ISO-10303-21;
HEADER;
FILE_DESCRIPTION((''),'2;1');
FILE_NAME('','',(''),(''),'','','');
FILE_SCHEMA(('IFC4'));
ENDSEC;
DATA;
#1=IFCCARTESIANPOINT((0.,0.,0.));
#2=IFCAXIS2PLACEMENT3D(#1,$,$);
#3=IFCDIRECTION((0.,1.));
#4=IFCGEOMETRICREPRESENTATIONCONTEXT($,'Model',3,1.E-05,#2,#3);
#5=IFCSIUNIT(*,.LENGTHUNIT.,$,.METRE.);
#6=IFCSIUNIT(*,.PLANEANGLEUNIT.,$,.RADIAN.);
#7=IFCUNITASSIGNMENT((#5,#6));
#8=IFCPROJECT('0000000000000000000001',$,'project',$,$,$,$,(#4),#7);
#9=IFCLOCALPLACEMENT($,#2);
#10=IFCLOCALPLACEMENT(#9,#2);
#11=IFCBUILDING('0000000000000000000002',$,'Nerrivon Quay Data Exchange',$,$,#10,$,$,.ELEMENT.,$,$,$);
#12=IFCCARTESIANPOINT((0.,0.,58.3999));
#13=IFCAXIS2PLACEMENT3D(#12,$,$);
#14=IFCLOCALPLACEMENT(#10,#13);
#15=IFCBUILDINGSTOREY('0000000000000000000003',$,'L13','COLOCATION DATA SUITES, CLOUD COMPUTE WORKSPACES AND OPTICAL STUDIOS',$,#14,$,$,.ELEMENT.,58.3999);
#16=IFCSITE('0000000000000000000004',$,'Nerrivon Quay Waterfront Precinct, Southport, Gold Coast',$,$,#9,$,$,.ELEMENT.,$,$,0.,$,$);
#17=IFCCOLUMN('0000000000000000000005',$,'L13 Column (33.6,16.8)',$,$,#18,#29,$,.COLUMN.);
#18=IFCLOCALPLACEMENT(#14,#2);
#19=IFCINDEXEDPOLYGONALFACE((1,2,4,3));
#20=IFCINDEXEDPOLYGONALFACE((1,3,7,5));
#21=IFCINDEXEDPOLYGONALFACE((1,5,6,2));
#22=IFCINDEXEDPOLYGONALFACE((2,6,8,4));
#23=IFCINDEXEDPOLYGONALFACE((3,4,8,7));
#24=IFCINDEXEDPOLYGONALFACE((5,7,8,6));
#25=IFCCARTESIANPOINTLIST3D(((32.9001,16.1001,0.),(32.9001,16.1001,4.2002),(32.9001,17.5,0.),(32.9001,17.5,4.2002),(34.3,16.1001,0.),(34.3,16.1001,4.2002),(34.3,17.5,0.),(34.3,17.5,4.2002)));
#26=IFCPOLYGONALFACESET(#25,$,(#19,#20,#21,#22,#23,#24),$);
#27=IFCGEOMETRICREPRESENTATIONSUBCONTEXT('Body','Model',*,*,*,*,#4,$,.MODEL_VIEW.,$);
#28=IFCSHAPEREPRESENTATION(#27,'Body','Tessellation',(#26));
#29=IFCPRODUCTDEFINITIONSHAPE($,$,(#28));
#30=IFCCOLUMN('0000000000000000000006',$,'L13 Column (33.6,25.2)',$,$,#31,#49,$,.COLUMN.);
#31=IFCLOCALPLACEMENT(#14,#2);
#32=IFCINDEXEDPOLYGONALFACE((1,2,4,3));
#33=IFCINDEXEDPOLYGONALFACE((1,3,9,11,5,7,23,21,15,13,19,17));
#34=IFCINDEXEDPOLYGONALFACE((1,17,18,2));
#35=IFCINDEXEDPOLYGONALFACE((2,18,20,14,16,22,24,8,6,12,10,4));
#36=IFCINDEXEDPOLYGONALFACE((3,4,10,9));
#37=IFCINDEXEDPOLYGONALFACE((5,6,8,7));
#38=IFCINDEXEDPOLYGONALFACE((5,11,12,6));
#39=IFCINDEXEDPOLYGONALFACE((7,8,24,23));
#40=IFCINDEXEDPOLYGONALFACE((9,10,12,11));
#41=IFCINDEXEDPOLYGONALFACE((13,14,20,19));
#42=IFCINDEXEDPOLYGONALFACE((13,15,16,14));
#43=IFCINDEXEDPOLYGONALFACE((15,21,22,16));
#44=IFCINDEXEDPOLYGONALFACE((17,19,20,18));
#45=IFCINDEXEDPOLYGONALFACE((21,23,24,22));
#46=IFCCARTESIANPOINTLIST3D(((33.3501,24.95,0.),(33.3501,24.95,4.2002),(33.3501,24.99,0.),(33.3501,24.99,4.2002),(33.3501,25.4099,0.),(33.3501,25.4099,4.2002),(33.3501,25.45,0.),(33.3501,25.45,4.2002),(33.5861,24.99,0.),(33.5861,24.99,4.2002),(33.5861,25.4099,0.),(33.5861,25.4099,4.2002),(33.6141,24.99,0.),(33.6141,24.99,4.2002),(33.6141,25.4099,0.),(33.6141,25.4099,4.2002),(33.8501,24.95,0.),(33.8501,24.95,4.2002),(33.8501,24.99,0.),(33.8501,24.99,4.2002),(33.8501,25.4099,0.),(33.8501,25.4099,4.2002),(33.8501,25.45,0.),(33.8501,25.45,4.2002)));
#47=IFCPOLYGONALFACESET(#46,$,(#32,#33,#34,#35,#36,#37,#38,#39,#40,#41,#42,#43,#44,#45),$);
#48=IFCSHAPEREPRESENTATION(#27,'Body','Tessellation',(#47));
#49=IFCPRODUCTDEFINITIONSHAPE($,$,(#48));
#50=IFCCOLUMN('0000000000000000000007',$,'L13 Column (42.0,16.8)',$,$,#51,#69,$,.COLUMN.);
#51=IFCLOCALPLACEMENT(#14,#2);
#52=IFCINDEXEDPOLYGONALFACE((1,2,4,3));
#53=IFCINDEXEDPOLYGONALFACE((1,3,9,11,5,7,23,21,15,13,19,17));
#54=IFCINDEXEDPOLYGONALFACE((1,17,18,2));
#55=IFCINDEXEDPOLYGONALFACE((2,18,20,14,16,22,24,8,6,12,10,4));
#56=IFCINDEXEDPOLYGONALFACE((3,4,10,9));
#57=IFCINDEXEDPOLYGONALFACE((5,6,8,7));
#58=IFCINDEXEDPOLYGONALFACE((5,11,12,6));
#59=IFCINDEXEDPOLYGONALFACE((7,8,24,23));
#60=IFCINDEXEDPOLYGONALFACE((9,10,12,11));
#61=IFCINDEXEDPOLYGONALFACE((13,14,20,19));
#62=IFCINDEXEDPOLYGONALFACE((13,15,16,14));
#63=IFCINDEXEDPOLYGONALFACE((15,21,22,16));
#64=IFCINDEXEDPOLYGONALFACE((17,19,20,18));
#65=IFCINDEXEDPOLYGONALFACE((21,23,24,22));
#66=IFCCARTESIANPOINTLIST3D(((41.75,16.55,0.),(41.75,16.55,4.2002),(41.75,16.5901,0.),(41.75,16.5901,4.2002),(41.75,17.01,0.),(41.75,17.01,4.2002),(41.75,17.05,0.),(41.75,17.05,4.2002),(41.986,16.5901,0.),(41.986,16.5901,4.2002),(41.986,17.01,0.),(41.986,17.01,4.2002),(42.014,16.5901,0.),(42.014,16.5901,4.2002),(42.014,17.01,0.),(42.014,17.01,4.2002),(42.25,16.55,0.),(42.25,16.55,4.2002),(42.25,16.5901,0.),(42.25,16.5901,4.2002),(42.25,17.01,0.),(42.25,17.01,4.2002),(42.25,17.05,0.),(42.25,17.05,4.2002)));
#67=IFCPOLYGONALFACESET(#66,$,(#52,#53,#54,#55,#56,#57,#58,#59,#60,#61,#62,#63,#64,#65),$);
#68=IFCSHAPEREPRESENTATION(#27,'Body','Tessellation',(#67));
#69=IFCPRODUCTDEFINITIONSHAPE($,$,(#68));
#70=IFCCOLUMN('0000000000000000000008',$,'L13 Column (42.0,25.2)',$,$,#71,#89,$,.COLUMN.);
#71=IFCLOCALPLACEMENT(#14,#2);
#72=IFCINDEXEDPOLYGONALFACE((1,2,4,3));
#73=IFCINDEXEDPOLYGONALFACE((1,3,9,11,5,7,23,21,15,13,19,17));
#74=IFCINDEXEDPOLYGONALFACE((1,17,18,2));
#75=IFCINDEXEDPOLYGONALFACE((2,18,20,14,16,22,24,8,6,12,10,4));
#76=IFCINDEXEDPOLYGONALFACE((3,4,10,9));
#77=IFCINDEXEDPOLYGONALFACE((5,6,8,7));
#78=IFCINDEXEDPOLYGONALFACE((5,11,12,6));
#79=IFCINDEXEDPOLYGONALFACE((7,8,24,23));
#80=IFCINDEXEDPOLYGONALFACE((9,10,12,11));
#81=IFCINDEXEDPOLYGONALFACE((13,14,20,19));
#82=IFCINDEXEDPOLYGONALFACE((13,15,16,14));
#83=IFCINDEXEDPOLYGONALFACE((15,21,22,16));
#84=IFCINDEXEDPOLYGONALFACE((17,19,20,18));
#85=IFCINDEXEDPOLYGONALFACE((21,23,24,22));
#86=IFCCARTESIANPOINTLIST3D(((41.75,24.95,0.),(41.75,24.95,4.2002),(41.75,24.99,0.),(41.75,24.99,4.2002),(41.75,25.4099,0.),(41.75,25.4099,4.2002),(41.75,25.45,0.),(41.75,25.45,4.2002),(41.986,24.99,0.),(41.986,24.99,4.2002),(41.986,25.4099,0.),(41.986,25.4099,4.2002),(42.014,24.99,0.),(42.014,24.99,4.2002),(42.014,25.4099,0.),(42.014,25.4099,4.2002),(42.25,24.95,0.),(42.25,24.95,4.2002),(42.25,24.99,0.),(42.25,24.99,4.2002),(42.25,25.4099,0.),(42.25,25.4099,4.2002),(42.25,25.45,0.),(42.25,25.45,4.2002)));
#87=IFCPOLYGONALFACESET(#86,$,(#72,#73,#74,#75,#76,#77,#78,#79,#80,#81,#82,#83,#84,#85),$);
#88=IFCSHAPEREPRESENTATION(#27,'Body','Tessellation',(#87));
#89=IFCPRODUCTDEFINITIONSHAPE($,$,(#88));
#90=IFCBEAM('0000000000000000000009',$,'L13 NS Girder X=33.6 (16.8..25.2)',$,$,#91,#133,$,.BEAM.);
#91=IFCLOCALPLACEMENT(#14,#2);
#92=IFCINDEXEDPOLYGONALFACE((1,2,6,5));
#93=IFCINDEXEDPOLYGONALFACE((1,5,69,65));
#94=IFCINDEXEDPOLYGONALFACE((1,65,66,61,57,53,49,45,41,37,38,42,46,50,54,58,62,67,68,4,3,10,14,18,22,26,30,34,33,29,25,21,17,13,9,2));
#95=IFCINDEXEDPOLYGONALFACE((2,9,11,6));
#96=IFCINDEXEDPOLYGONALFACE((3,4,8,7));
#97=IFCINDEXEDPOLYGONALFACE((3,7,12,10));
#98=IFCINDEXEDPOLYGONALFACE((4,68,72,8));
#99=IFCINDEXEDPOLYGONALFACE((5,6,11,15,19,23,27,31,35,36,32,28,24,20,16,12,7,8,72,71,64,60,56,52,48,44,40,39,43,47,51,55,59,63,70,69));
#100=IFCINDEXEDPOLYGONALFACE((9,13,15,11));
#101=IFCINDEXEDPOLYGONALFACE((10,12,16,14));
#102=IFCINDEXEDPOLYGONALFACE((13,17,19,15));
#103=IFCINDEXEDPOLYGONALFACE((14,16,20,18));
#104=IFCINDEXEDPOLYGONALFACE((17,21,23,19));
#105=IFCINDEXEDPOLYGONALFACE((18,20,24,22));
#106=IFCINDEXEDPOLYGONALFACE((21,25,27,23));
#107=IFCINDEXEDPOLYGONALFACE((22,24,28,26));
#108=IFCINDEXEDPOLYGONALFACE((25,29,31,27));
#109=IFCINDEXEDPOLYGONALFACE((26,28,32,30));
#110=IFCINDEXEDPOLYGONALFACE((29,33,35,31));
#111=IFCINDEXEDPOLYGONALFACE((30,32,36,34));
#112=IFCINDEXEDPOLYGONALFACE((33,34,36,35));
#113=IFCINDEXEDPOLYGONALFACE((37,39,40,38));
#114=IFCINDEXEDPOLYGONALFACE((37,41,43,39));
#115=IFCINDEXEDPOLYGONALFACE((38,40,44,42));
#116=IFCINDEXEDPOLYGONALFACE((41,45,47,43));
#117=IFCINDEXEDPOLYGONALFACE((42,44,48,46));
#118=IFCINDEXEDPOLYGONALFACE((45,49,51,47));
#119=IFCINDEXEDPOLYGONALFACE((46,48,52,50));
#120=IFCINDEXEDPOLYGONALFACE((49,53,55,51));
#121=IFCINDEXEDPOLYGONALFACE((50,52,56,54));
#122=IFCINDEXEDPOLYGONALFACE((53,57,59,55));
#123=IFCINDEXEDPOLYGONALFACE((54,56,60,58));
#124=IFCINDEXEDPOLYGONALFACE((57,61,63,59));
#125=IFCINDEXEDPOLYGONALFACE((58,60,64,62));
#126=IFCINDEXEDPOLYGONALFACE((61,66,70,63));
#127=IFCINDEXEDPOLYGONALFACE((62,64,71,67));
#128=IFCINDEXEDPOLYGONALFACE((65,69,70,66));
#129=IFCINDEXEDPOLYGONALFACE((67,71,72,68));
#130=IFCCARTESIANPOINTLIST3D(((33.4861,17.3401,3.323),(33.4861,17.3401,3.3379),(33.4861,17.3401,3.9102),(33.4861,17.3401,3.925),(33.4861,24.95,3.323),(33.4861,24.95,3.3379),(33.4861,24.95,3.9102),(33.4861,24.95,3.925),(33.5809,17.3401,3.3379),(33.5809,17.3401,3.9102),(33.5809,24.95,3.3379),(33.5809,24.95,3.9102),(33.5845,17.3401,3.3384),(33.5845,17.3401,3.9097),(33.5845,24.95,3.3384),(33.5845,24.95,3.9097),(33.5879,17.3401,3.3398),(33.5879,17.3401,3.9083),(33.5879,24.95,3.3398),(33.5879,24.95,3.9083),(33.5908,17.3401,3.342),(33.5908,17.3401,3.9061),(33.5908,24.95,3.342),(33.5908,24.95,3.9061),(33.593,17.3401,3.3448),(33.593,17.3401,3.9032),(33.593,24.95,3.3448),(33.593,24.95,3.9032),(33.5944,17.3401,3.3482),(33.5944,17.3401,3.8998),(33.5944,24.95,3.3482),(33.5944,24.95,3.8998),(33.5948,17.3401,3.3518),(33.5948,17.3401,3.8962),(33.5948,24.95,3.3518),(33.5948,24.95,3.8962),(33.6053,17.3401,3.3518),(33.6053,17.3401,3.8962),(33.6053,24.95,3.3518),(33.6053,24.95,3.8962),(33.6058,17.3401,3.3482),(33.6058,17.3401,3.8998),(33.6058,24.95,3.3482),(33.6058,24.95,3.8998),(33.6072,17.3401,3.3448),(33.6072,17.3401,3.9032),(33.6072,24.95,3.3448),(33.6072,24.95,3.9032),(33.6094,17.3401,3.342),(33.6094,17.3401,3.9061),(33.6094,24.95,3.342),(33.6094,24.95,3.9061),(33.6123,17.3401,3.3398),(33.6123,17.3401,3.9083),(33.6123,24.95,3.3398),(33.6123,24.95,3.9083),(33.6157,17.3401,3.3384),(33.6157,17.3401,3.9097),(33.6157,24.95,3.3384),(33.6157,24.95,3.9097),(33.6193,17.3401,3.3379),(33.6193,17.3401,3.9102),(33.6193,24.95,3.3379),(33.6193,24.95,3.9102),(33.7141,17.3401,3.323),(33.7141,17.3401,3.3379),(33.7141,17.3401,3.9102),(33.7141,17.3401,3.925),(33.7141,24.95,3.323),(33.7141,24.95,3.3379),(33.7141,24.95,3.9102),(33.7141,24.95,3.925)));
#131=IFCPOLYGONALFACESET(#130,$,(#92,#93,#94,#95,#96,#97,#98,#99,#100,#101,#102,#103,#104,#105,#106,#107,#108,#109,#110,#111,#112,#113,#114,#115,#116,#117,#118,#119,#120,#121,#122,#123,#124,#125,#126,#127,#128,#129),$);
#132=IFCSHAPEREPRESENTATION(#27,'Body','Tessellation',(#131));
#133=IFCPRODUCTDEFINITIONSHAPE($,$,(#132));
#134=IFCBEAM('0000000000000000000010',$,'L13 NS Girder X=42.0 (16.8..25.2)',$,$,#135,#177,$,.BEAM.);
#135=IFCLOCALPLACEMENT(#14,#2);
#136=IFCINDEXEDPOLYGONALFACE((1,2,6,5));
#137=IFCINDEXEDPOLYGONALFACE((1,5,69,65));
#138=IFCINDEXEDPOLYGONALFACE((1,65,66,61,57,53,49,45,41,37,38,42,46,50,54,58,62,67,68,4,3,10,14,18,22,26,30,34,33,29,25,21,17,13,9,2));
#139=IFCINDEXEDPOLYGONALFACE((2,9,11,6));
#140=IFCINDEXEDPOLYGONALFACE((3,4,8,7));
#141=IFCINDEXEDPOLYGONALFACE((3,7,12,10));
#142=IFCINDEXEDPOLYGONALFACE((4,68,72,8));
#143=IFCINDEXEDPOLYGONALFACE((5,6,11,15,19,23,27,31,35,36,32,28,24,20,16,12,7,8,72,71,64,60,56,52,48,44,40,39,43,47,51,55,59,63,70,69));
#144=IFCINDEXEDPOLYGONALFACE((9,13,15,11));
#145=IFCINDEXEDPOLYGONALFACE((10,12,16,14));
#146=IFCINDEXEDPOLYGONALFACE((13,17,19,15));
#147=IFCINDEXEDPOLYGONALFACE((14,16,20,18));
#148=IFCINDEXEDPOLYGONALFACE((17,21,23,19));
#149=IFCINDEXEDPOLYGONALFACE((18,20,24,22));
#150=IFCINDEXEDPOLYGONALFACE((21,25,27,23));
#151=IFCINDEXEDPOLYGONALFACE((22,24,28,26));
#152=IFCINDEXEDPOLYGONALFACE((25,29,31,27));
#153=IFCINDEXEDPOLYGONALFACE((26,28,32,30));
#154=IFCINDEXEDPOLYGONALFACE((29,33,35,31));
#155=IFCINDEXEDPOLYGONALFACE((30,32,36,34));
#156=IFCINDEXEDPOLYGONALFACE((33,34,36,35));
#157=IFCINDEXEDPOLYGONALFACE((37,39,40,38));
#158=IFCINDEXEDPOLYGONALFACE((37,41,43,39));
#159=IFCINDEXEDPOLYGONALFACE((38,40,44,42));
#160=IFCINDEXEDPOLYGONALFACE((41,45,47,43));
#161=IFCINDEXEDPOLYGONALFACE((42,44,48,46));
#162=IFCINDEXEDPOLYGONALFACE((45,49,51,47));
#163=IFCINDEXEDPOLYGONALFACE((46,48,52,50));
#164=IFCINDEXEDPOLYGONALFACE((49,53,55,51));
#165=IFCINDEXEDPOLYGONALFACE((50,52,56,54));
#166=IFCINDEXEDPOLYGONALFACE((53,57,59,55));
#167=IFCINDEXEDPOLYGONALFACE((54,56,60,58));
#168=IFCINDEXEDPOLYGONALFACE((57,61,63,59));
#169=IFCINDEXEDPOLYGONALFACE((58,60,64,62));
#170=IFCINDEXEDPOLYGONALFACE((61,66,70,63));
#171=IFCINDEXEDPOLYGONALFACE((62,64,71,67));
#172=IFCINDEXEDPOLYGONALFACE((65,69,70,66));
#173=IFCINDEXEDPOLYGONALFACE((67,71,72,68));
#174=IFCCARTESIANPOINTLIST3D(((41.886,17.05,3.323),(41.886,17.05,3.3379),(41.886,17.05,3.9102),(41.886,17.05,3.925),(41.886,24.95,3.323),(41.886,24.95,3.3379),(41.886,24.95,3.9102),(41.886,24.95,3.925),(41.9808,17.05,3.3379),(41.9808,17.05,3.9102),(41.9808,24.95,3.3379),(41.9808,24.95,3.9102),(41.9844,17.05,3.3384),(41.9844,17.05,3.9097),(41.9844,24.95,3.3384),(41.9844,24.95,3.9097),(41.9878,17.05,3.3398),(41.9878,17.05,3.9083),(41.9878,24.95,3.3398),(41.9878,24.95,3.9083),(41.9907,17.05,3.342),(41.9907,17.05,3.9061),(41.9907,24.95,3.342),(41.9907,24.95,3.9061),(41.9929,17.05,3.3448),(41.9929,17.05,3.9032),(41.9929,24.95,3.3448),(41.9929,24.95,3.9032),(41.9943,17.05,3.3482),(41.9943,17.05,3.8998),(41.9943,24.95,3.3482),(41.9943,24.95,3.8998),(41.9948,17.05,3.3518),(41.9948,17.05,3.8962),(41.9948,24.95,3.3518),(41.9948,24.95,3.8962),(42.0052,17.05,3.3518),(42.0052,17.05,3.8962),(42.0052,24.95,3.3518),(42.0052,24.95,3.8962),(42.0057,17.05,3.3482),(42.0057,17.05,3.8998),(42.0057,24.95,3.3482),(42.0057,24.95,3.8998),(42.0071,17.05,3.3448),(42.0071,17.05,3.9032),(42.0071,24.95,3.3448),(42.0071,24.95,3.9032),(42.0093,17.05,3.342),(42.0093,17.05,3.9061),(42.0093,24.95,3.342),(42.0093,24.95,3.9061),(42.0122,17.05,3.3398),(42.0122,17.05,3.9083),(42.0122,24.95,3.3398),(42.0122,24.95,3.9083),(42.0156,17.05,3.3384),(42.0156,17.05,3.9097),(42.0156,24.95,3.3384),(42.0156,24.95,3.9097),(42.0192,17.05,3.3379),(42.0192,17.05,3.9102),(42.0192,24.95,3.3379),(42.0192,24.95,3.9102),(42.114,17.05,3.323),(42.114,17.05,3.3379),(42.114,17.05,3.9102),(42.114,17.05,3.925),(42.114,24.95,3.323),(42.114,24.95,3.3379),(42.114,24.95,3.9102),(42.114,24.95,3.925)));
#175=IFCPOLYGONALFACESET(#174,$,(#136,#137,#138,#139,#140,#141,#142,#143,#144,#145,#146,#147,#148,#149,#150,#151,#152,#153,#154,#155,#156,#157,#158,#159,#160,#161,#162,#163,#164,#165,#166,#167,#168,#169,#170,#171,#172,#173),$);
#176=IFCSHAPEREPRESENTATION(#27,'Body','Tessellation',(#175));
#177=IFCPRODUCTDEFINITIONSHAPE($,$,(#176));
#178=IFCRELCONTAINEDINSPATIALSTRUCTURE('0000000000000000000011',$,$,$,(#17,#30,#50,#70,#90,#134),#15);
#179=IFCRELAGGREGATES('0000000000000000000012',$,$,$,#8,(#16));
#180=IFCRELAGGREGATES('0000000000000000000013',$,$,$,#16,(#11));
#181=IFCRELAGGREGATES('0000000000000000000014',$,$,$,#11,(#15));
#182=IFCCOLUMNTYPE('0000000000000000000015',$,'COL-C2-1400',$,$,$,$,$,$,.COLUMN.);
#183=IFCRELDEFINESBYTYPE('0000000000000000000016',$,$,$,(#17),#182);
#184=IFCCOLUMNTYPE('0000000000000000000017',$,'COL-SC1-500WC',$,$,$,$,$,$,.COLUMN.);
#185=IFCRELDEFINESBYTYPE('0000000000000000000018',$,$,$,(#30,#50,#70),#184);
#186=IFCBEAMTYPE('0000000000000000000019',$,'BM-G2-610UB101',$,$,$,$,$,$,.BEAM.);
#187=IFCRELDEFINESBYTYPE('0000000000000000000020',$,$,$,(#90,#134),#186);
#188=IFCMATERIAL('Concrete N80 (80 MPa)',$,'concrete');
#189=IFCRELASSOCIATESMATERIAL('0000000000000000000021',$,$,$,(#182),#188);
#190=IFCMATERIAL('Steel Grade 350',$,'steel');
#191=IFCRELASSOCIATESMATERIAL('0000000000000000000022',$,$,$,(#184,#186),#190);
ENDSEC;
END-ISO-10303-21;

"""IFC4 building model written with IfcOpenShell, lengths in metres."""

from ifc_helpers import new_model, si_unit, direction, frame, origin, origin_2d, place, context, subcontext, project, spatial, rectangle, i_section, extrude, material, material_profile, profile_set, type_object, element, save


model = new_model("IFC4")

# Units and contexts
model_context = context("Model", 3, precision=1e-05, world=origin(), true_north=direction((0.0, 1.0)))
body_context = subcontext(model_context, "Body", "Model", "MODEL_VIEW")
ifc_project = project(units=[si_unit("LENGTHUNIT", "METRE"), si_unit("PLANEANGLEUNIT", "RADIAN")], contexts=[model_context])

# Site, building, storey
site_placement = place(None, origin())
site = spatial("IfcSite", under=ifc_project, at=site_placement, Name="Nerrivon Quay Waterfront Precinct, Southport, Gold Coast", CompositionType="ELEMENT", RefElevation=0.0)
building_placement = place(site_placement, origin())
building = spatial("IfcBuilding", under=site, at=building_placement, Name="Nerrivon Quay Data Exchange", CompositionType="ELEMENT")
storey_placement = place(building_placement, frame((0.0, 0.0, 58.3999)))
storey = spatial("IfcBuildingStorey", under=building, at=storey_placement, Name="L13", Description="COLOCATION DATA SUITES, CLOUD COMPUTE WORKSPACES AND OPTICAL STUDIOS", CompositionType="ELEMENT", Elevation=58.3999)

# Columns
ifc_material_1 = material(Name="Concrete N80 (80 MPa)", Category="concrete")
ifc_material_profile_1 = material_profile(ifc_material_1, rectangle(XDim=1.3999, YDim=1.3999, at=origin_2d()), Name="RC-COL-1400x1400")
ifc_profile_set_1 = profile_set([ifc_material_profile_1], Name="Concrete N80 (80 MPa)")
column_type_1 = type_object("IfcColumnType", Name="COL-C2-1400", PredefinedType="COLUMN", material=ifc_profile_set_1)
column_placement = place(storey_placement, frame((33.6001, 16.8, 0.0), z_axis=(0.0, 0.0, 1.0), x_axis=(1.0, 0.0, 0.0)))
element("IfcColumn", 1, at=column_placement, inside=storey, type_object=column_type_1, Name="L13 Column (33.6,16.8)", PredefinedType="COLUMN", context=body_context, shape_type="SweptSolid", body=[
    extrude(rectangle(XDim=1.3999, YDim=1.3999, at=origin_2d()), origin(), (0.0, 0.0, 1.0), 4.2002),
])
ifc_material_2 = material(Name="Steel Grade 350", Category="steel")
ifc_material_profile_2 = material_profile(ifc_material_2, i_section(OverallWidth=0.5, OverallDepth=0.5, WebThickness=0.0281, FlangeThickness=0.04, at=origin_2d()), Name="500WC440")
ifc_profile_set_2 = profile_set([ifc_material_profile_2], Name="Steel Grade 350")
column_type_2 = type_object("IfcColumnType", Name="COL-SC1-500WC", PredefinedType="COLUMN", material=ifc_profile_set_2)
for number, where, z_axis, x_axis, name in (
    (2, (33.6001, 25.2, 0.0), (0.0, 0.0, 1.0), (1.0, 0.0, 0.0), "L13 Column (33.6,25.2)"),
    (3, (42.0, 16.8, 0.0), (0.0, 0.0, 1.0), (1.0, 0.0, 0.0), "L13 Column (42.0,16.8)"),
    (4, (42.0, 25.2, 0.0), (0.0, 0.0, 1.0), (1.0, 0.0, 0.0), "L13 Column (42.0,25.2)"),
):
    element("IfcColumn", number, at=place(storey_placement, frame(where, z_axis=z_axis, x_axis=x_axis)), inside=storey, type_object=column_type_2, Name=name, PredefinedType="COLUMN", context=body_context, shape_type="SweptSolid", body=[
        extrude(i_section(OverallWidth=0.5, OverallDepth=0.5, WebThickness=0.0281, FlangeThickness=0.04, at=origin_2d()), origin(), (0.0, 0.0, 1.0), 4.2002),
    ])

# Beams
ifc_material_profile_3 = material_profile(ifc_material_2, i_section(OverallWidth=0.228, OverallDepth=0.6021, WebThickness=0.0105, FlangeThickness=0.0149, FilletRadius=0.0139, at=origin_2d()), Name="610UB101")
ifc_profile_set_3 = profile_set([ifc_material_profile_3], Name="Steel Grade 350")
beam_type_1 = type_object("IfcBeamType", Name="BM-G2-610UB101", PredefinedType="BEAM", material=ifc_profile_set_3)
beam_1_placement = place(storey_placement, frame((33.6001, 17.3401, 3.624), z_axis=(0.0, 1.0, 0.0), x_axis=(-1.0, 0.0, 0.0)))
element("IfcBeam", 5, at=beam_1_placement, inside=storey, type_object=beam_type_1, Name="L13 NS Girder X=33.6 (16.8..25.2)", PredefinedType="BEAM", context=body_context, shape_type="SweptSolid", body=[
    extrude(i_section(OverallWidth=0.228, OverallDepth=0.6021, WebThickness=0.0105, FlangeThickness=0.0149, FilletRadius=0.0139, at=origin_2d()), origin(), (0.0, 0.0, 1.0), 7.6099),
])
beam_2_placement = place(storey_placement, frame((42.0, 17.05, 3.624), z_axis=(0.0, 1.0, 0.0), x_axis=(-1.0, 0.0, 0.0)))
element("IfcBeam", 6, at=beam_2_placement, inside=storey, type_object=beam_type_1, Name="L13 NS Girder X=42.0 (16.8..25.2)", PredefinedType="BEAM", context=body_context, shape_type="SweptSolid", body=[
    extrude(i_section(OverallWidth=0.228, OverallDepth=0.6021, WebThickness=0.0105, FlangeThickness=0.0149, FilletRadius=0.0139, at=origin_2d()), origin(), (0.0, 0.0, 1.0), 7.8999),
])

save(model, "model.ifc")
